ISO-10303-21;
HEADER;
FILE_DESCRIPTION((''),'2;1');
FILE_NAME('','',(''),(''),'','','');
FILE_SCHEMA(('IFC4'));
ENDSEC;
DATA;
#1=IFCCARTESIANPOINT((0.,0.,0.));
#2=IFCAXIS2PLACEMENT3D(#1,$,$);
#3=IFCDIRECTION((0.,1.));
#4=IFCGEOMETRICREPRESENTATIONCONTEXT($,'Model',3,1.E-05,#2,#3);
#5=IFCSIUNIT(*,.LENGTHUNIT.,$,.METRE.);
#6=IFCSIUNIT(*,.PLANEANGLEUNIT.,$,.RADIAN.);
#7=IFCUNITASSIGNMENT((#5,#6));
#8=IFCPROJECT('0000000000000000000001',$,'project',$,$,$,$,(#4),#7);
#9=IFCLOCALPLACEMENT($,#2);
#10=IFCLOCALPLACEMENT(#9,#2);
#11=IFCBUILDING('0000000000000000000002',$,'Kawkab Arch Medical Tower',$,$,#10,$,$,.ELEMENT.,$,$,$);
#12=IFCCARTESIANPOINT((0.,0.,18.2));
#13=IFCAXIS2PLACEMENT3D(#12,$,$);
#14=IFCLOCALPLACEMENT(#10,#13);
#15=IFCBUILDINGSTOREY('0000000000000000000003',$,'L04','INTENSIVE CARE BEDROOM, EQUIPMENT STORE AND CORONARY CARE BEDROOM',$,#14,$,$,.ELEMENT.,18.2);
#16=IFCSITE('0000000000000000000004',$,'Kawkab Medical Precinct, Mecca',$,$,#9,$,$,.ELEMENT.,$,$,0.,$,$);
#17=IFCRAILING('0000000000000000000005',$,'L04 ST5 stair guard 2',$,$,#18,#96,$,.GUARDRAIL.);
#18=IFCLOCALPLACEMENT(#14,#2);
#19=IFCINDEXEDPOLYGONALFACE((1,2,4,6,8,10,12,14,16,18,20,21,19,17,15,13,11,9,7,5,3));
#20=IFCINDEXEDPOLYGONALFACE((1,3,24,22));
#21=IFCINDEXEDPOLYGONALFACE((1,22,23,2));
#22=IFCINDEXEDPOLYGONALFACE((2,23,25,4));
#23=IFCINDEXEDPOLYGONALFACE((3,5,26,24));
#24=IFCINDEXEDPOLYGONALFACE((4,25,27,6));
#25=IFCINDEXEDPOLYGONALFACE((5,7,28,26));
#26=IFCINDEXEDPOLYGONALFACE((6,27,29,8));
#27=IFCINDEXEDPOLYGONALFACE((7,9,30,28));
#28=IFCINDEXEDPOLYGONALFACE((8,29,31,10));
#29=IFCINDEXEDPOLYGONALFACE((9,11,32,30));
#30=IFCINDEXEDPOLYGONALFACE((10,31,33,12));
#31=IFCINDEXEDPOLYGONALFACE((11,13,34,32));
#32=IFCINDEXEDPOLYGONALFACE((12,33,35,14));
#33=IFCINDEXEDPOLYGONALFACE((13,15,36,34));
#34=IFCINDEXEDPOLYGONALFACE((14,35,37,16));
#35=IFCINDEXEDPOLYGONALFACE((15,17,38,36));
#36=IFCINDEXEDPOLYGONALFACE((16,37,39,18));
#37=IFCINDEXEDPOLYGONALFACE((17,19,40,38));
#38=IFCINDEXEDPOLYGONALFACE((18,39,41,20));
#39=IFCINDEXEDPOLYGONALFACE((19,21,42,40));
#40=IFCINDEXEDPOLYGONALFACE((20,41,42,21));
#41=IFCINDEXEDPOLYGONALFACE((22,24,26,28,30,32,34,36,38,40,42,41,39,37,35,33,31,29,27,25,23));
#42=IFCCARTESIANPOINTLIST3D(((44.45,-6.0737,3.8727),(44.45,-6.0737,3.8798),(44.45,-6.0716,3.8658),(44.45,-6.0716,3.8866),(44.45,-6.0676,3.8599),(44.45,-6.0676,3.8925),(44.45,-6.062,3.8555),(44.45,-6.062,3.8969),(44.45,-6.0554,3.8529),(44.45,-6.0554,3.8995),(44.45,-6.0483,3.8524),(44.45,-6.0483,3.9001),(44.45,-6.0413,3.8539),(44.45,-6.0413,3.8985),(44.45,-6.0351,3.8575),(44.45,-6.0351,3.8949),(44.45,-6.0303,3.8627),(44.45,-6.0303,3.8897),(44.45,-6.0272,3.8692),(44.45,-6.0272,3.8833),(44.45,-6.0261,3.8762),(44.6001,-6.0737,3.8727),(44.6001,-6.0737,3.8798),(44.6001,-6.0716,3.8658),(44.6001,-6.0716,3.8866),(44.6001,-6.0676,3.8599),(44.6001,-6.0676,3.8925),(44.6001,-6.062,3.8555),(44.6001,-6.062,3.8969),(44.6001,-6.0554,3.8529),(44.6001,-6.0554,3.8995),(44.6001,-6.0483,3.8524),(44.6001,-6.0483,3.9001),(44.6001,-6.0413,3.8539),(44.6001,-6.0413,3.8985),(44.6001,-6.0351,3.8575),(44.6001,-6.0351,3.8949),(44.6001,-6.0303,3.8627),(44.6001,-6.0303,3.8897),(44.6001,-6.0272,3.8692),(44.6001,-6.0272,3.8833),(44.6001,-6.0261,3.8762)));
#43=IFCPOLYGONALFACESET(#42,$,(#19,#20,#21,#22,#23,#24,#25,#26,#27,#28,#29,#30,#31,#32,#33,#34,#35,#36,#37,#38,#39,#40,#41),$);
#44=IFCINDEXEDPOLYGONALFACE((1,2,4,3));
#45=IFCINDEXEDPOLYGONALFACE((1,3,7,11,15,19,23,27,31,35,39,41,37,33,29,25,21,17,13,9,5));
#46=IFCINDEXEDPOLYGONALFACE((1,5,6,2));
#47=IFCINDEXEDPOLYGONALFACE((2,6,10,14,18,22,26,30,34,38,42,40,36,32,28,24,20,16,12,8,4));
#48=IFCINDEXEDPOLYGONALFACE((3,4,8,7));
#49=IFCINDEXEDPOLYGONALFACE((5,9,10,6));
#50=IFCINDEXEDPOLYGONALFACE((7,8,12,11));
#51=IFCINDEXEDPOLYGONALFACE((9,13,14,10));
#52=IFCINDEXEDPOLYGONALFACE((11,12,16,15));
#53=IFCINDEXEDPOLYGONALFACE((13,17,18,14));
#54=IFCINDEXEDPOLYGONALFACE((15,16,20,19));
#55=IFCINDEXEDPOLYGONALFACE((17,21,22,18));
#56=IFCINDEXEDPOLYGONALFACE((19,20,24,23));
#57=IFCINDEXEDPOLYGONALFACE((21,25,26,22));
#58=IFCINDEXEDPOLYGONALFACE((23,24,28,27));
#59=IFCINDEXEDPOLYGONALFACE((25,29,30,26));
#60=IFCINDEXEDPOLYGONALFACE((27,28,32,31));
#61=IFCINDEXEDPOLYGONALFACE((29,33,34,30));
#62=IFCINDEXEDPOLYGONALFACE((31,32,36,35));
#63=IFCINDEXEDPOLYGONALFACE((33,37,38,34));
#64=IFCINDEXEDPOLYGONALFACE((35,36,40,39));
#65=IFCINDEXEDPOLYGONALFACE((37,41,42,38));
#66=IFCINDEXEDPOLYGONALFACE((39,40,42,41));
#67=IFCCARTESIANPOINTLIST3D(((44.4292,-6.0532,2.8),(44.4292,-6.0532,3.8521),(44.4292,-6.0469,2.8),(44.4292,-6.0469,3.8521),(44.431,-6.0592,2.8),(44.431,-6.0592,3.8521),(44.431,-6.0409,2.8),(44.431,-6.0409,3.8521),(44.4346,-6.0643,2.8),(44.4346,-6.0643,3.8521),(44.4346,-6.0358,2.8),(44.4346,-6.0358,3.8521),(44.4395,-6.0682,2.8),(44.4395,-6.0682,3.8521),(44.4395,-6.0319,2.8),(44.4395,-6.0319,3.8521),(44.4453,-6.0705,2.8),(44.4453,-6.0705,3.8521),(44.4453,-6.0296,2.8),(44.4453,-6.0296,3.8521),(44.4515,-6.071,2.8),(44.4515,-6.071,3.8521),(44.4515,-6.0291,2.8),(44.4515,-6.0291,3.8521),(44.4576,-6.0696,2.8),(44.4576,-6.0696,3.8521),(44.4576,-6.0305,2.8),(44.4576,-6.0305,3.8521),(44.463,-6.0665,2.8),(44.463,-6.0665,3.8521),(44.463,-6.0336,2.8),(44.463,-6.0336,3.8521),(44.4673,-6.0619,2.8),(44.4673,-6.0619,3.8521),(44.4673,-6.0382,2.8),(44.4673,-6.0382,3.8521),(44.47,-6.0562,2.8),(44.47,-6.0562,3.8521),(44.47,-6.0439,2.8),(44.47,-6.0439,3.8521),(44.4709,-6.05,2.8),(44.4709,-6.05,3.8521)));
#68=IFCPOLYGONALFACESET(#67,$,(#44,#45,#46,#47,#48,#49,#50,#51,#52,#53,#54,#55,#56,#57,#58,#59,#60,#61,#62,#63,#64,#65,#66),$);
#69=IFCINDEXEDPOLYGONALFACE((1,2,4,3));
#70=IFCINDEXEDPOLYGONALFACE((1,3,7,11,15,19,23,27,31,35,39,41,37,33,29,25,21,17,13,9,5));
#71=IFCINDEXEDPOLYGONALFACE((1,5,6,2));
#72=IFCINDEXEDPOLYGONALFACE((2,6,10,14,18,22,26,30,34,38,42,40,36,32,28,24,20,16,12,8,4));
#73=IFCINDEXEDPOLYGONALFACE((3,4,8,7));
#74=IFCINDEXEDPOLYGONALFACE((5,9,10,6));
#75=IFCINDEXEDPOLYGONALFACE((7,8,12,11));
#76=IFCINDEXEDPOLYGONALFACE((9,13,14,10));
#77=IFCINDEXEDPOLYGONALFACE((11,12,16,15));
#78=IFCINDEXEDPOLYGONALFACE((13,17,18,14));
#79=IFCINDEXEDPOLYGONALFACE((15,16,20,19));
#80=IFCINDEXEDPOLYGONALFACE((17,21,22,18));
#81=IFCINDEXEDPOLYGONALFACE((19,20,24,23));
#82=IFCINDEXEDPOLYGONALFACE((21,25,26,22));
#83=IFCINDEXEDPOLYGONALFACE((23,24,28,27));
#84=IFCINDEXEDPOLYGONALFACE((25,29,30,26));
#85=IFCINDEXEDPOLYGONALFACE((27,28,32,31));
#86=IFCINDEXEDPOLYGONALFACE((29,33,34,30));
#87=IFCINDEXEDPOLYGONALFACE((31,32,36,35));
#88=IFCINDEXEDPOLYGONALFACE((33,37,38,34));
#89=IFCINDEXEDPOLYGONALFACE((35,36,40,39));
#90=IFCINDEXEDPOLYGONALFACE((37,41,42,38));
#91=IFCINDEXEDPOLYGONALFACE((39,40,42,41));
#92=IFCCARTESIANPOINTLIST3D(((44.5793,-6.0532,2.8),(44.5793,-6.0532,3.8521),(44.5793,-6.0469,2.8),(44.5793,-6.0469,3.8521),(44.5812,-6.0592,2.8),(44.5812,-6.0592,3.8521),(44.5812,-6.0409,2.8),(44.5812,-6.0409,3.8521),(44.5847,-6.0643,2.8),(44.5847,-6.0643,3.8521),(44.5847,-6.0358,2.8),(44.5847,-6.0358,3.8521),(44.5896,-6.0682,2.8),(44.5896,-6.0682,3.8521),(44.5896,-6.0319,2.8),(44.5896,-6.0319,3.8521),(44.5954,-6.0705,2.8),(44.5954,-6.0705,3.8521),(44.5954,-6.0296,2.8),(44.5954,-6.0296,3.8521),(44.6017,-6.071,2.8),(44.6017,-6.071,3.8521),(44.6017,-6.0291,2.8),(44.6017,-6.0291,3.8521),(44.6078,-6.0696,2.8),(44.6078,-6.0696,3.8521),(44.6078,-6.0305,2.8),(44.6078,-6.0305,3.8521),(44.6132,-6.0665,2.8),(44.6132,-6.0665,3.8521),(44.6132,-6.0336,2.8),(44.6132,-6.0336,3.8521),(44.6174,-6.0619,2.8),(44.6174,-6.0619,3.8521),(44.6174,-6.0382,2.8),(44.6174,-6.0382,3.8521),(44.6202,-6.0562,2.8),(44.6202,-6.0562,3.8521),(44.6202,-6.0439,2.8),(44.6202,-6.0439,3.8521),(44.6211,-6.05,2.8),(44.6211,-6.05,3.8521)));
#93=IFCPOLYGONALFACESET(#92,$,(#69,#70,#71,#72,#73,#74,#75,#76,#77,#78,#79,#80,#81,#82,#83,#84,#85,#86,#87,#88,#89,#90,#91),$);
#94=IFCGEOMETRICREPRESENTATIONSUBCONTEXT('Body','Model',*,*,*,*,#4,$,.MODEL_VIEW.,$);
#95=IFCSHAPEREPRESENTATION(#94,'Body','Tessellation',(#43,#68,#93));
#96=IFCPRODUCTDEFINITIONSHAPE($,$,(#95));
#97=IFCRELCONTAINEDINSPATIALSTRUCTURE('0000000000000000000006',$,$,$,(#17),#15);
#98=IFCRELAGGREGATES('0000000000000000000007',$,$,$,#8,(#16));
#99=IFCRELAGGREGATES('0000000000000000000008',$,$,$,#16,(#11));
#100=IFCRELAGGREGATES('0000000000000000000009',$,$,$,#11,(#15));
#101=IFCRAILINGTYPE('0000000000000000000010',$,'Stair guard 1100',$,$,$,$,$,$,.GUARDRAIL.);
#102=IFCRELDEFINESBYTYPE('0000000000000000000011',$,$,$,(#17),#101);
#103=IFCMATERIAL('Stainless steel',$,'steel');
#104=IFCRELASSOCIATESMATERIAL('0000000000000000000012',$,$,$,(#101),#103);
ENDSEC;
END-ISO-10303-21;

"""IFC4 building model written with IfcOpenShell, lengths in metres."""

from ifc_helpers import new_model, si_unit, direction, frame, origin, origin_2d, place, context, subcontext, project, spatial, circle, extrude, material, type_object, element, save


model = new_model("IFC4")

# Units and contexts
model_context = context("Model", 3, precision=1e-05, world=origin(), true_north=direction((0.0, 1.0)))
body_context = subcontext(model_context, "Body", "Model", "MODEL_VIEW")
ifc_project = project(units=[si_unit("LENGTHUNIT", "METRE"), si_unit("PLANEANGLEUNIT", "RADIAN")], contexts=[model_context])

# Site, building, storey
site_placement = place(None, origin())
site = spatial("IfcSite", under=ifc_project, at=site_placement, Name="Kawkab Medical Precinct, Mecca", CompositionType="ELEMENT", RefElevation=0.0)
building_placement = place(site_placement, origin())
building = spatial("IfcBuilding", under=site, at=building_placement, Name="Kawkab Arch Medical Tower", CompositionType="ELEMENT")
storey_placement = place(building_placement, frame((0.0, 0.0, 18.2)))
storey = spatial("IfcBuildingStorey", under=building, at=storey_placement, Name="L04", Description="INTENSIVE CARE BEDROOM, EQUIPMENT STORE AND CORONARY CARE BEDROOM", CompositionType="ELEMENT", Elevation=18.2)

# Railing
ifc_material_1 = material(Name="Stainless steel", Category="steel")
railing_type = type_object("IfcRailingType", Name="Stair guard 1100", PredefinedType="GUARDRAIL", material=ifc_material_1)
railing_1_placement = place(storey_placement, frame((44.45, -6.05, 2.8)))
element("IfcRailing", 1, at=railing_1_placement, inside=storey, type_object=railing_type, Name="L04 ST5 stair guard 2", PredefinedType="GUARDRAIL", context=body_context, shape_type="SweptSolid", body=[
    extrude(circle(Radius=0.0239, at=origin_2d()), frame((0.0, 0.0, 1.0762), z_axis=(1.0, 0.0, 0.0), x_axis=(0.0, 1.0, 0.0)), (0.0, 0.0, 1.0), 0.1501),
    extrude(circle(Radius=0.021, at=origin_2d()), origin(), (0.0, 0.0, 1.0), 1.052),
    extrude(circle(Radius=0.021, at=origin_2d()), frame((0.1501, 0.0, 0.0)), (0.0, 0.0, 1.0), 1.052),
])

save(model, "model.ifc")
